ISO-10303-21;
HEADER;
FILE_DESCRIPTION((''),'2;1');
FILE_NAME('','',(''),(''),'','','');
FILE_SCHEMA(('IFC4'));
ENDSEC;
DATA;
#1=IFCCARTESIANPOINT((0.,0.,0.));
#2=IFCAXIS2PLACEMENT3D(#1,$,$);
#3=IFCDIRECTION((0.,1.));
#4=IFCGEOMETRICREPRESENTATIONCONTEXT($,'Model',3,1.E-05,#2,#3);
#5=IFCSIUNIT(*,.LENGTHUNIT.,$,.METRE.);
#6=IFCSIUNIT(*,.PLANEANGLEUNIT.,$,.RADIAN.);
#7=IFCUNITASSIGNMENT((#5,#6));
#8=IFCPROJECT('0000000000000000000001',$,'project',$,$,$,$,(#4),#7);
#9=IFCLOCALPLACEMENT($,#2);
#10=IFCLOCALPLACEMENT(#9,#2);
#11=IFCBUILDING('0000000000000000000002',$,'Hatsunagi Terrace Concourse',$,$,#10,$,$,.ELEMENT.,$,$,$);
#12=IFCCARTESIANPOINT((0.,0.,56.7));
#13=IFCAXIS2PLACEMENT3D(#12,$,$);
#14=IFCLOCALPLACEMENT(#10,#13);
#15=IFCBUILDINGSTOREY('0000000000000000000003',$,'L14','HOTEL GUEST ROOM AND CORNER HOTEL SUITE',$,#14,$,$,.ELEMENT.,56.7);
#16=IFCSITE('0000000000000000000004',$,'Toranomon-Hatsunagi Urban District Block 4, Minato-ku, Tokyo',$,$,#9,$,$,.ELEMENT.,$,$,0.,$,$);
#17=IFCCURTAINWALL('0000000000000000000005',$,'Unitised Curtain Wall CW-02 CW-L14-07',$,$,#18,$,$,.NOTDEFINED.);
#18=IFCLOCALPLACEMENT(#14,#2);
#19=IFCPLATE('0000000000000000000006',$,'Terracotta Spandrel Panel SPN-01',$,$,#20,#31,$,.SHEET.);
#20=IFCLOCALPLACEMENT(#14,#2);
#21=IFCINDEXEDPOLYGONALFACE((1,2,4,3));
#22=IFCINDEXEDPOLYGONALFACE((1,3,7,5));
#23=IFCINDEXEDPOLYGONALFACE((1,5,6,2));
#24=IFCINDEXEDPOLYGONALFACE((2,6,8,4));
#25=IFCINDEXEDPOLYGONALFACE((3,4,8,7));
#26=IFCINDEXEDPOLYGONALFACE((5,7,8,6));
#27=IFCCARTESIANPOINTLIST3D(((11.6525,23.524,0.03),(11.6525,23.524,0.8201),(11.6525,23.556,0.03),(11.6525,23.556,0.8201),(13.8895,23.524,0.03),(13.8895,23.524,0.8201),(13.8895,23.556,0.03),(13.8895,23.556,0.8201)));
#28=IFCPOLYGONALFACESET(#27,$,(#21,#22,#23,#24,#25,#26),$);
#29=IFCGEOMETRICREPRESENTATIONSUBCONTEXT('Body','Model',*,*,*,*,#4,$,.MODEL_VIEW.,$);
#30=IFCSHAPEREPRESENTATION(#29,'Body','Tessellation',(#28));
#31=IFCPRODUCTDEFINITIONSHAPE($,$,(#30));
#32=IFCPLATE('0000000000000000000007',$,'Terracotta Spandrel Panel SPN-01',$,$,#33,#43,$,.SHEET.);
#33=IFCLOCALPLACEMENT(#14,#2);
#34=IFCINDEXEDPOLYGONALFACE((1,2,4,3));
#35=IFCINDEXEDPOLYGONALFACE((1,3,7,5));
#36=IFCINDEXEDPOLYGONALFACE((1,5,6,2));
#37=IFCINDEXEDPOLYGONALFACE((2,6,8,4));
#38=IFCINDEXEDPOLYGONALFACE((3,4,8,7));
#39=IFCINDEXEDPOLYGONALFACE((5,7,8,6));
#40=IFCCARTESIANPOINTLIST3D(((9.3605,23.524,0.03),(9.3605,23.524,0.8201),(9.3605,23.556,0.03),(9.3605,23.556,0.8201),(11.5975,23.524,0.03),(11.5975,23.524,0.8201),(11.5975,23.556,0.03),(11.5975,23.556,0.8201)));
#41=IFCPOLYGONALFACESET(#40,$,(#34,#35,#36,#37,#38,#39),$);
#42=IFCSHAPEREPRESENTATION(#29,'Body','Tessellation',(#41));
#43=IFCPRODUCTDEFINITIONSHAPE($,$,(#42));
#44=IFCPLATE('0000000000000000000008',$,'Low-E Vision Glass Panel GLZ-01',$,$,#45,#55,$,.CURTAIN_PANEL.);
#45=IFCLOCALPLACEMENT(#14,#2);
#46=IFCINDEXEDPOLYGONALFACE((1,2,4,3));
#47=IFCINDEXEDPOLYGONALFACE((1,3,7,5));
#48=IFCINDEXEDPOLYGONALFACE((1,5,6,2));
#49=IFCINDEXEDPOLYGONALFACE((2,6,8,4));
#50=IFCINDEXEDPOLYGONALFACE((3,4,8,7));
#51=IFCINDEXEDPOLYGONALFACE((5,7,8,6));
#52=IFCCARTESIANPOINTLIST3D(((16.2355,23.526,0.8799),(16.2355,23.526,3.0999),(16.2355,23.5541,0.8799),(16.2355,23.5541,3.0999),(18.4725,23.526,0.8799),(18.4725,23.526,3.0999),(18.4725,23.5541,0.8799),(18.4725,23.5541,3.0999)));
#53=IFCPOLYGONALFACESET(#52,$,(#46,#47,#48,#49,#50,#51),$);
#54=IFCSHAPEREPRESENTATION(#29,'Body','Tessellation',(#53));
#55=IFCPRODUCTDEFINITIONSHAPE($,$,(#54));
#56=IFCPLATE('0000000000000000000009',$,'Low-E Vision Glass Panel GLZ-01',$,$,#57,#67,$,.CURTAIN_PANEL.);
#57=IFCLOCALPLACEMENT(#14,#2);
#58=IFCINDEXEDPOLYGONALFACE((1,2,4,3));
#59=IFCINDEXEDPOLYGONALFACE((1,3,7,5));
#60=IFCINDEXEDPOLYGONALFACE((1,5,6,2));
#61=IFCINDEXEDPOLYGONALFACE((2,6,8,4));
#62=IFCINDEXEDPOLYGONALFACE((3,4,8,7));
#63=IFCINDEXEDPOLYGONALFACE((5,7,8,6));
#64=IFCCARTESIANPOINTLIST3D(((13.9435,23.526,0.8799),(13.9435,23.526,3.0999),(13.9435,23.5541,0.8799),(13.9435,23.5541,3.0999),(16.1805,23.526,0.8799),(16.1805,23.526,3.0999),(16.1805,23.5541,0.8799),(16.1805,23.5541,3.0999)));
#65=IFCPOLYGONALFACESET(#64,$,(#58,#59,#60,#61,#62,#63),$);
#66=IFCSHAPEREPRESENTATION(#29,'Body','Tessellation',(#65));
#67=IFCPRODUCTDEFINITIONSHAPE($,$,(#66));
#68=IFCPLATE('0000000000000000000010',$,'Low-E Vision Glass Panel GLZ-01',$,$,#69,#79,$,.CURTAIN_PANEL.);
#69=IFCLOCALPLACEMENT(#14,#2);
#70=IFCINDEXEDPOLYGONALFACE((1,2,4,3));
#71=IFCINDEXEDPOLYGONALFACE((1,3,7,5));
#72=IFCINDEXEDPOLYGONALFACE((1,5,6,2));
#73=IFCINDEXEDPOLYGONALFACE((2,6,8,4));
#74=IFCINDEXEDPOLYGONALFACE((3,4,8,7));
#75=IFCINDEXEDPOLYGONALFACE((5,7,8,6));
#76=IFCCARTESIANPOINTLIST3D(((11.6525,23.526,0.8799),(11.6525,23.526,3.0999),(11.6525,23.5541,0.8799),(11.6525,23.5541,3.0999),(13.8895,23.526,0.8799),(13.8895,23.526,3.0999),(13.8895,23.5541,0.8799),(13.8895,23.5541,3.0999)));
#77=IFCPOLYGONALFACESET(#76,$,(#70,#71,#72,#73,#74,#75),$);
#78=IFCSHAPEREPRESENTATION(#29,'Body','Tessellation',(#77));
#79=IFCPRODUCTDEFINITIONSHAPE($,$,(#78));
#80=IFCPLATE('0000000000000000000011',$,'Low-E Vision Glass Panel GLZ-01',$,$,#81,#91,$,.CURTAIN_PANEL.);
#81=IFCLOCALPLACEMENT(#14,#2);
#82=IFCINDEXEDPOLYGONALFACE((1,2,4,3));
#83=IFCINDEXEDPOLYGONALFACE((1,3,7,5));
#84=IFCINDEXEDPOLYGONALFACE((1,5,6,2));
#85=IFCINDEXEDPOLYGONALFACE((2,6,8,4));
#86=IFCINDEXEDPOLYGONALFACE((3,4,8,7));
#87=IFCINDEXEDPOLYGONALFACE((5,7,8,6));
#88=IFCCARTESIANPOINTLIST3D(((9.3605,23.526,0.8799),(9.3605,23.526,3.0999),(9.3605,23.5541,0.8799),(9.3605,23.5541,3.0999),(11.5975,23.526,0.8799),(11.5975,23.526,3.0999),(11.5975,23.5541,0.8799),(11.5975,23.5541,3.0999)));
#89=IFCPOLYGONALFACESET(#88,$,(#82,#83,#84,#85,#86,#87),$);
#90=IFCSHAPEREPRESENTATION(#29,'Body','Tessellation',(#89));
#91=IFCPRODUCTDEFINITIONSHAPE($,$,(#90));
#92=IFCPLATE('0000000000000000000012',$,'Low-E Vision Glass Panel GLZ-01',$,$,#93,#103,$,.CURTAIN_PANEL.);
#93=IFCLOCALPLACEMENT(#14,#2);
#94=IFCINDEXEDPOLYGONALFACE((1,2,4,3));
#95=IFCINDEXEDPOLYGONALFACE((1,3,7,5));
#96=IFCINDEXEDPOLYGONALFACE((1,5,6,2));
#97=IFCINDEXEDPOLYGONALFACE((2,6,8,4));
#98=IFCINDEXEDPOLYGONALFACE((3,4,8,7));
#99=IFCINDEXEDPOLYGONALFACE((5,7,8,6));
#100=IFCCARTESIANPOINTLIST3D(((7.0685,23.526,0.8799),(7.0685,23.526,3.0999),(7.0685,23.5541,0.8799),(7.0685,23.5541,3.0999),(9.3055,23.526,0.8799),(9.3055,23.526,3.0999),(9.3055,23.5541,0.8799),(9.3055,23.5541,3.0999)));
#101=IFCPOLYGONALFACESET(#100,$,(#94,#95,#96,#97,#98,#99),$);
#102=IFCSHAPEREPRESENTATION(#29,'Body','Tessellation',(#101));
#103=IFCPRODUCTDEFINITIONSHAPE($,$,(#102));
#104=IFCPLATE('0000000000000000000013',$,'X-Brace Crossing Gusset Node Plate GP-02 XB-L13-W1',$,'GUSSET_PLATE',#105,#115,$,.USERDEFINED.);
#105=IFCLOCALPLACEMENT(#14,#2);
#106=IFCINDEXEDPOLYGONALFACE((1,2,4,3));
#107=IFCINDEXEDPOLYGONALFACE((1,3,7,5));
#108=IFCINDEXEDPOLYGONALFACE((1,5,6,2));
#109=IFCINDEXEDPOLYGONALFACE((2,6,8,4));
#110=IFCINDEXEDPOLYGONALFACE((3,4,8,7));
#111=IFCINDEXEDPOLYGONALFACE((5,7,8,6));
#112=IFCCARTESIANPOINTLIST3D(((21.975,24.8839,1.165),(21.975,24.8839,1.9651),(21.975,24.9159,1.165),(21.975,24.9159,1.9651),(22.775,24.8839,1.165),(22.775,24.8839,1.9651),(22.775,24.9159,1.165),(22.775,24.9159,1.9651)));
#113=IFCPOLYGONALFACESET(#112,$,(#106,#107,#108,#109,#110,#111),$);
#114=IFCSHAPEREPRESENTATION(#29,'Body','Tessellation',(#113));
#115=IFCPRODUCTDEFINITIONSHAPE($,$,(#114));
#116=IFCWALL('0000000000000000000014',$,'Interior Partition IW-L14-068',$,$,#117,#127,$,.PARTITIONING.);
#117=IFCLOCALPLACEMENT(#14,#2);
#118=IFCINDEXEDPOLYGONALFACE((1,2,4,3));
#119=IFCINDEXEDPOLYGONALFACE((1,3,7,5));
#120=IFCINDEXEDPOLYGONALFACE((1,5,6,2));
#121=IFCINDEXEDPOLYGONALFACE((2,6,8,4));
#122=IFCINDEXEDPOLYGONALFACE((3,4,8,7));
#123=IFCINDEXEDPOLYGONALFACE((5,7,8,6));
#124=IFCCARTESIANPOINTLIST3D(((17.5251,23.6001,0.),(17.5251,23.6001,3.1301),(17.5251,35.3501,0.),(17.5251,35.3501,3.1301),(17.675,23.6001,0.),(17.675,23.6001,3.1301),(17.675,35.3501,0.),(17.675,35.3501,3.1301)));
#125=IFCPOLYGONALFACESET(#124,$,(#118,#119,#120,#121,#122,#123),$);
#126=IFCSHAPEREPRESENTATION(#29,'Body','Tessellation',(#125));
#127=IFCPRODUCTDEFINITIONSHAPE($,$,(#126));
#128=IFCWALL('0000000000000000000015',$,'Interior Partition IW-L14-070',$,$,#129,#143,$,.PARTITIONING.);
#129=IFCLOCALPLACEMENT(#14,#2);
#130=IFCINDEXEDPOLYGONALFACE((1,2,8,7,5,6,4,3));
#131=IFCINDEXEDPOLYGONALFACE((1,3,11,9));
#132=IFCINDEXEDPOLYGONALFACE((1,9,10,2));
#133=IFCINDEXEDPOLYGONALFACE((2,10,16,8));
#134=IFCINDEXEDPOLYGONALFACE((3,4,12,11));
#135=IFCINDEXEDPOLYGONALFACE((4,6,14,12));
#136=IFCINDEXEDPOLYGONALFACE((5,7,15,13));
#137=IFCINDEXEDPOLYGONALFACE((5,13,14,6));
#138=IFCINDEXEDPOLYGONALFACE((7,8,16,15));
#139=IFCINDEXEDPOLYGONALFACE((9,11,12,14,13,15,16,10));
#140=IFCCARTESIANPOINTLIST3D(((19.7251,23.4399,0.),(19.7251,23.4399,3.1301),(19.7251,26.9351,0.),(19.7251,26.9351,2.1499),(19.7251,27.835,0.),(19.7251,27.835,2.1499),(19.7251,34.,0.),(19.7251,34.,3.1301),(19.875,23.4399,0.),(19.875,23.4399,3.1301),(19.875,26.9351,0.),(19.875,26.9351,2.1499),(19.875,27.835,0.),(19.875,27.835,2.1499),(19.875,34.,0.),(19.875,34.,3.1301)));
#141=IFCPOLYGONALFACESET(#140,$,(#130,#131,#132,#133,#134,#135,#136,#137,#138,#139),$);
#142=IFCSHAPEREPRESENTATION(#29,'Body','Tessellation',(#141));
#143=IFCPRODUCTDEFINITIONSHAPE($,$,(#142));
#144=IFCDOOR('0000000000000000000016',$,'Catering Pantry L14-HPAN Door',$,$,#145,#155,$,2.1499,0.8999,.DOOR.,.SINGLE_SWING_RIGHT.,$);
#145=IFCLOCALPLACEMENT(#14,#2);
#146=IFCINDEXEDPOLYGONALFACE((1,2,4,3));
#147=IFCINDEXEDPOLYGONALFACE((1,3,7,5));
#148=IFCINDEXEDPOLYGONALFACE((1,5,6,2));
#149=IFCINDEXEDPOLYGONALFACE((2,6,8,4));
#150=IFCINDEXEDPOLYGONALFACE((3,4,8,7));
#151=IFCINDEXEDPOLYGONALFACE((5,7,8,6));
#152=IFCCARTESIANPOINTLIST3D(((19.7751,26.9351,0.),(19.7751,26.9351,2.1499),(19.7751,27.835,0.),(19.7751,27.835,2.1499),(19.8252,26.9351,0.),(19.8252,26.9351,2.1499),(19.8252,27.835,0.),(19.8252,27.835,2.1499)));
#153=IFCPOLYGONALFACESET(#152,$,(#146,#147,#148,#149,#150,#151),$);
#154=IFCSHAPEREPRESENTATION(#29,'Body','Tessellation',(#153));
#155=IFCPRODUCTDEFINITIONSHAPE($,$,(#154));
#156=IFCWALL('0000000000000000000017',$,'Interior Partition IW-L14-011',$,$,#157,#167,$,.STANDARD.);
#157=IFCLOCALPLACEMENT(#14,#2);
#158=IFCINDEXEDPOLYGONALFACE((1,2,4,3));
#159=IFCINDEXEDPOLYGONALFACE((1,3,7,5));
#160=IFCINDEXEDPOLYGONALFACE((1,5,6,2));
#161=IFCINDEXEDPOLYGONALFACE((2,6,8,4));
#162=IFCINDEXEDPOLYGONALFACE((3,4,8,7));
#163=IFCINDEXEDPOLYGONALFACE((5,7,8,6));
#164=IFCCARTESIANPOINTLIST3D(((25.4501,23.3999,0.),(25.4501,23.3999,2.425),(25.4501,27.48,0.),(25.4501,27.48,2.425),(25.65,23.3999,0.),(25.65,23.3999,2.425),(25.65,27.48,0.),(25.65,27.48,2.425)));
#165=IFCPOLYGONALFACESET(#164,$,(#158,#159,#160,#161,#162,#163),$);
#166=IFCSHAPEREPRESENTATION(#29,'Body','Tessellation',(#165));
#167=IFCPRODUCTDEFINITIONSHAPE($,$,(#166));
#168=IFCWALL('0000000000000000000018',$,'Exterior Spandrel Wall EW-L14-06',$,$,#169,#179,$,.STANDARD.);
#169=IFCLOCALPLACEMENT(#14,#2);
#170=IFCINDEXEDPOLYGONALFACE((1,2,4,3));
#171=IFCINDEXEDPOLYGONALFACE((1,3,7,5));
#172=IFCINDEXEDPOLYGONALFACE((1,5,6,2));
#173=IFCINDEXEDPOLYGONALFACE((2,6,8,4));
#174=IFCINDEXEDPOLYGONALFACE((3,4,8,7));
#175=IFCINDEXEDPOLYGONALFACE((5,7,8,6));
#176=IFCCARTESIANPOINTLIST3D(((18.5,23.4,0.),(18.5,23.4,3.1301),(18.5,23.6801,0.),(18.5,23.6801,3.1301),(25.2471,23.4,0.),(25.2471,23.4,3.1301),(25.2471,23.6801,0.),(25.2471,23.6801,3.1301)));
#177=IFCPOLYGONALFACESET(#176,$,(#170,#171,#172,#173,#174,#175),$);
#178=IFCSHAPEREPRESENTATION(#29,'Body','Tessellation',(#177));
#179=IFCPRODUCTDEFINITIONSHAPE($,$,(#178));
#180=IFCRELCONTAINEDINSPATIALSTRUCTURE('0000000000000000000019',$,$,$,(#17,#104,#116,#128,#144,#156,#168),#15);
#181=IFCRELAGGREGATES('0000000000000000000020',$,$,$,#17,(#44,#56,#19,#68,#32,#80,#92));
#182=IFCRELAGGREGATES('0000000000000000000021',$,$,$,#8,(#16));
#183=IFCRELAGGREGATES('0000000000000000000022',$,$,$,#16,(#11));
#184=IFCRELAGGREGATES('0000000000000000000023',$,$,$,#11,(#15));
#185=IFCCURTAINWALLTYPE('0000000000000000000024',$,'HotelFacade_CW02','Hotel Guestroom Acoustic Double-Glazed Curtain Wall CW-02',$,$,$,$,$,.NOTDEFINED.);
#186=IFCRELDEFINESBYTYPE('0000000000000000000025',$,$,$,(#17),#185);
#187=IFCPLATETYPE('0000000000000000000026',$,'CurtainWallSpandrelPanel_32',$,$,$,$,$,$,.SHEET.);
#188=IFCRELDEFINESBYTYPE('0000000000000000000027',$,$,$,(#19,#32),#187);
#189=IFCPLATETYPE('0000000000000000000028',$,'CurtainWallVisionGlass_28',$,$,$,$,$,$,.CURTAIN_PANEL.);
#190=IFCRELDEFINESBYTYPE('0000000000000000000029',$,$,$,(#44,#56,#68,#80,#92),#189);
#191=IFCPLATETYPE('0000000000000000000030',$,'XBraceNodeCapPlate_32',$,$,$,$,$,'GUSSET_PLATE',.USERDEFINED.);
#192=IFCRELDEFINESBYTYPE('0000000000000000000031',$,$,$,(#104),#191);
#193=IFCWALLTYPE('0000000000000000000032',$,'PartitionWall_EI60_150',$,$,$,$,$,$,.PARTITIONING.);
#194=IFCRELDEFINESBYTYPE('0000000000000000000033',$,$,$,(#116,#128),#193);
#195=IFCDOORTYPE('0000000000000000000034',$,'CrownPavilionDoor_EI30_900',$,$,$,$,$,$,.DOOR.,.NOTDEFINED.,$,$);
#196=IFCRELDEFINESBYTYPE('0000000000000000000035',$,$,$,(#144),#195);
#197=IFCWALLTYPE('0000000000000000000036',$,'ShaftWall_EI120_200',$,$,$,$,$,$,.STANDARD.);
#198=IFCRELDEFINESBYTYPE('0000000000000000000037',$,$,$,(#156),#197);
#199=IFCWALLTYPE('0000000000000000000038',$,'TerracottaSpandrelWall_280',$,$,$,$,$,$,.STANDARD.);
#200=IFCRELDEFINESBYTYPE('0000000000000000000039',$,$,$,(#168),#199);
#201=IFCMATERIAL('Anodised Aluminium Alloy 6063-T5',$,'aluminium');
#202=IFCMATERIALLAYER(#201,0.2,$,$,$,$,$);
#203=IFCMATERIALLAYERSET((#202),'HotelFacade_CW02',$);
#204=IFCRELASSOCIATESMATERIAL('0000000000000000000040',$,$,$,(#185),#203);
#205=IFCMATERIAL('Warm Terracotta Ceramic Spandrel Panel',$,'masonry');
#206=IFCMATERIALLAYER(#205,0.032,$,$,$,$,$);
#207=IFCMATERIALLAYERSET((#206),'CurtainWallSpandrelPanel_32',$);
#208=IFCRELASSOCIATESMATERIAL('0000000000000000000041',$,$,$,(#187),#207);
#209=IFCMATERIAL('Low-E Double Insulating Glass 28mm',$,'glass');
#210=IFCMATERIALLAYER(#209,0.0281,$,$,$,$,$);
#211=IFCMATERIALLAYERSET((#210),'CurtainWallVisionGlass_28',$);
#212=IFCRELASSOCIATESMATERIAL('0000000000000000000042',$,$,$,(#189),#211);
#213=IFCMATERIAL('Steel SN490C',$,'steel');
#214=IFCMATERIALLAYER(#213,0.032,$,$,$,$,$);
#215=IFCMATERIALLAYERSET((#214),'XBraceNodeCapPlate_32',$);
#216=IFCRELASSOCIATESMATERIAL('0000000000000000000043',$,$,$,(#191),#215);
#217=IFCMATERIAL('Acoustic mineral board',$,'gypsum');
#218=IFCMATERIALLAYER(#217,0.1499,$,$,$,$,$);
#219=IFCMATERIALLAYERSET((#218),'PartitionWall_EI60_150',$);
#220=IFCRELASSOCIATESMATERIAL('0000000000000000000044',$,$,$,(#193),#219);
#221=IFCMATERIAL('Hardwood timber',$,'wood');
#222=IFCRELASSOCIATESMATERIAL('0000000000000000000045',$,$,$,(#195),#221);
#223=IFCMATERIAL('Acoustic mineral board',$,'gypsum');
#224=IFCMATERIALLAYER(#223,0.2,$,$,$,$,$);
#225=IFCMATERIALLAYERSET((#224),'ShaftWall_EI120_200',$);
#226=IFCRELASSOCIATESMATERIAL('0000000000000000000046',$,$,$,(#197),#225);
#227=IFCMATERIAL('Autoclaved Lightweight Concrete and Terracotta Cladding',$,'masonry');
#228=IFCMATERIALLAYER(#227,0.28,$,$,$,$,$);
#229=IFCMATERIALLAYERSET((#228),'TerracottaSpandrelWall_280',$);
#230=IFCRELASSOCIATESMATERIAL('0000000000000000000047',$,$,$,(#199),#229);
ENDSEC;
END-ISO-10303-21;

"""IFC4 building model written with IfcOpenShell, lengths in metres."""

from ifc_helpers import new_model, si_unit, direction, frame, frame_2d, origin, origin_2d, place, context, subcontext, project, spatial, rectangle, extrude, material, layer, layer_set, type_object, element, fill, aggregate, save


model = new_model("IFC4")

# Units and contexts
model_context = context("Model", 3, precision=1e-05, world=origin(), true_north=direction((0.0, 1.0)))
body_context = subcontext(model_context, "Body", "Model", "MODEL_VIEW")
ifc_project = project(units=[si_unit("LENGTHUNIT", "METRE"), si_unit("PLANEANGLEUNIT", "RADIAN")], contexts=[model_context])

# Site, building, storey
site_placement = place(None, origin())
site = spatial("IfcSite", under=ifc_project, at=site_placement, Name="Toranomon-Hatsunagi Urban District Block 4, Minato-ku, Tokyo", CompositionType="ELEMENT", RefElevation=0.0)
building_placement = place(site_placement, origin())
building = spatial("IfcBuilding", under=site, at=building_placement, Name="Hatsunagi Terrace Concourse", CompositionType="ELEMENT")
storey_placement = place(building_placement, frame((0.0, 0.0, 56.7)))
storey = spatial("IfcBuildingStorey", under=building, at=storey_placement, Name="L14", Description="HOTEL GUEST ROOM AND CORNER HOTEL SUITE", CompositionType="ELEMENT", Elevation=56.7)

# Curtain wall
ifc_material_1 = material(Name="Anodised Aluminium Alloy 6063-T5", Category="aluminium")
ifc_layer_1 = layer(ifc_material_1, 0.2)
ifc_layer_set_1 = layer_set([ifc_layer_1], Name="HotelFacade_CW02")
curtain_wall_type = type_object("IfcCurtainWallType", Name="HotelFacade_CW02", Description="Hotel Guestroom Acoustic Double-Glazed Curtain Wall CW-02", PredefinedType="NOTDEFINED", material=ifc_layer_set_1)
curtain_wall_placement = place(storey_placement, origin())
curtain_wall = element("IfcCurtainWall", 1, at=curtain_wall_placement, inside=storey, type_object=curtain_wall_type, Name="Unitised Curtain Wall CW-02 CW-L14-07", PredefinedType="NOTDEFINED")

# Plates
ifc_material_2 = material(Name="Warm Terracotta Ceramic Spandrel Panel", Category="masonry")
ifc_layer_2 = layer(ifc_material_2, 0.032)
ifc_layer_set_2 = layer_set([ifc_layer_2], Name="CurtainWallSpandrelPanel_32")
plate_type_1 = type_object("IfcPlateType", Name="CurtainWallSpandrelPanel_32", PredefinedType="SHEET", material=ifc_layer_set_2)
plate_1_placement = place(storey_placement, frame((12.771, 23.54, 0.03), z_axis=(0.0, 0.0, 1.0), x_axis=(-1.0, 0.0, 0.0)))
plate_1 = element("IfcPlate", 2, at=plate_1_placement, type_object=plate_type_1, Name="Terracotta Spandrel Panel SPN-01", PredefinedType="SHEET", context=body_context, shape_type="SweptSolid", body=[
    extrude(rectangle(XDim=2.2371, YDim=0.032, at=origin_2d()), origin(), (0.0, 0.0, 1.0), 0.79),
])
plate_2_placement = place(storey_placement, frame((10.479, 23.54, 0.03), z_axis=(0.0, 0.0, 1.0), x_axis=(-1.0, 0.0, 0.0)))
plate_2 = element("IfcPlate", 3, at=plate_2_placement, type_object=plate_type_1, Name="Terracotta Spandrel Panel SPN-01", PredefinedType="SHEET", context=body_context, shape_type="SweptSolid", body=[
    extrude(rectangle(XDim=2.2371, YDim=0.032, at=origin_2d()), origin(), (0.0, 0.0, 1.0), 0.79),
])
ifc_material_3 = material(Name="Low-E Double Insulating Glass 28mm", Category="glass")
ifc_layer_3 = layer(ifc_material_3, 0.0281)
ifc_layer_set_3 = layer_set([ifc_layer_3], Name="CurtainWallVisionGlass_28")
plate_type_2 = type_object("IfcPlateType", Name="CurtainWallVisionGlass_28", PredefinedType="CURTAIN_PANEL", material=ifc_layer_set_3)
plate_3_placement = place(storey_placement, frame((17.354, 23.54, 0.8799), z_axis=(0.0, 0.0, 1.0), x_axis=(-1.0, 0.0, 0.0)))
plate_3 = element("IfcPlate", 4, at=plate_3_placement, type_object=plate_type_2, Name="Low-E Vision Glass Panel GLZ-01", PredefinedType="CURTAIN_PANEL", context=body_context, shape_type="SweptSolid", body=[
    extrude(rectangle(XDim=2.2371, YDim=0.0281, at=origin_2d()), origin(), (0.0, 0.0, 1.0), 2.22),
])
plate_4_placement = place(storey_placement, frame((15.062, 23.54, 0.8799), z_axis=(0.0, 0.0, 1.0), x_axis=(-1.0, 0.0, 0.0)))
plate_4 = element("IfcPlate", 5, at=plate_4_placement, type_object=plate_type_2, Name="Low-E Vision Glass Panel GLZ-01", PredefinedType="CURTAIN_PANEL", context=body_context, shape_type="SweptSolid", body=[
    extrude(rectangle(XDim=2.2371, YDim=0.0281, at=origin_2d()), origin(), (0.0, 0.0, 1.0), 2.22),
])
plate_5_placement = place(storey_placement, frame((12.771, 23.54, 0.8799), z_axis=(0.0, 0.0, 1.0), x_axis=(-1.0, 0.0, 0.0)))
plate_5 = element("IfcPlate", 6, at=plate_5_placement, type_object=plate_type_2, Name="Low-E Vision Glass Panel GLZ-01", PredefinedType="CURTAIN_PANEL", context=body_context, shape_type="SweptSolid", body=[
    extrude(rectangle(XDim=2.2371, YDim=0.0281, at=origin_2d()), origin(), (0.0, 0.0, 1.0), 2.22),
])
plate_6_placement = place(storey_placement, frame((10.479, 23.54, 0.8799), z_axis=(0.0, 0.0, 1.0), x_axis=(-1.0, 0.0, 0.0)))
plate_6 = element("IfcPlate", 7, at=plate_6_placement, type_object=plate_type_2, Name="Low-E Vision Glass Panel GLZ-01", PredefinedType="CURTAIN_PANEL", context=body_context, shape_type="SweptSolid", body=[
    extrude(rectangle(XDim=2.2371, YDim=0.0281, at=origin_2d()), origin(), (0.0, 0.0, 1.0), 2.22),
])
plate_7_placement = place(storey_placement, frame((8.187, 23.54, 0.8799), z_axis=(0.0, 0.0, 1.0), x_axis=(-1.0, 0.0, 0.0)))
plate_7 = element("IfcPlate", 8, at=plate_7_placement, type_object=plate_type_2, Name="Low-E Vision Glass Panel GLZ-01", PredefinedType="CURTAIN_PANEL", context=body_context, shape_type="SweptSolid", body=[
    extrude(rectangle(XDim=2.2371, YDim=0.0281, at=origin_2d()), origin(), (0.0, 0.0, 1.0), 2.22),
])
aggregate(curtain_wall, [plate_3, plate_4, plate_1, plate_5, plate_2, plate_6, plate_7])
ifc_material_4 = material(Name="Steel SN490C", Category="steel")
ifc_layer_4 = layer(ifc_material_4, 0.032)
ifc_layer_set_4 = layer_set([ifc_layer_4], Name="XBraceNodeCapPlate_32")
plate_type_3 = type_object("IfcPlateType", Name="XBraceNodeCapPlate_32", ElementType="GUSSET_PLATE", PredefinedType="USERDEFINED", material=ifc_layer_set_4)
plate_8_placement = place(storey_placement, frame((22.375, 24.8999, 1.165), z_axis=(0.0, 0.0, 1.0), x_axis=(1.0, 0.0, 0.0)))
element("IfcPlate", 9, at=plate_8_placement, inside=storey, type_object=plate_type_3, Name="X-Brace Crossing Gusset Node Plate GP-02 XB-L13-W1", ObjectType="GUSSET_PLATE", PredefinedType="USERDEFINED", context=body_context, shape_type="SweptSolid", body=[
    extrude(rectangle(XDim=0.8, YDim=0.032, at=origin_2d()), origin(), (0.0, 0.0, 1.0), 0.8),
])

# Wall
ifc_material_5 = material(Name="Acoustic mineral board", Category="gypsum")
ifc_layer_5 = layer(ifc_material_5, 0.1499)
ifc_layer_set_5 = layer_set([ifc_layer_5], Name="PartitionWall_EI60_150")
wall_type_1 = type_object("IfcWallType", Name="PartitionWall_EI60_150", PredefinedType="PARTITIONING", material=ifc_layer_set_5)
wall_1_placement = place(storey_placement, frame((17.6001, 23.6001, 0.0), z_axis=(0.0, 0.0, 1.0), x_axis=(0.0, 1.0, 0.0)))
element("IfcWall", 10, at=wall_1_placement, inside=storey, type_object=wall_type_1, Name="Interior Partition IW-L14-068", PredefinedType="PARTITIONING", context=body_context, shape_type="SweptSolid", body=[
    extrude(rectangle(XDim=11.75, YDim=0.1499, at=frame_2d((5.875, 0.0))), origin(), (0.0, 0.0, 1.0), 3.1301),
])

# Wall, opening, door
wall_2_placement = place(storey_placement, frame((19.8, 23.4399, 0.0), z_axis=(0.0, 0.0, 1.0), x_axis=(0.0, 1.0, 0.0)))
wall_2 = element("IfcWall", 11, at=wall_2_placement, inside=storey, type_object=wall_type_1, Name="Interior Partition IW-L14-070", PredefinedType="PARTITIONING", context=body_context, shape_type="SweptSolid", body=[
    extrude(rectangle(XDim=10.5601, YDim=0.1499, at=frame_2d((5.28, 0.0))), origin(), (0.0, 0.0, 1.0), 3.1301),
])
opening_placement = place(wall_2_placement, frame((3.4951, 0.0, 0.0)))
opening = element("IfcOpeningElement", 12, at=opening_placement, cuts=wall_2, PredefinedType="OPENING", context=body_context, shape_type="SweptSolid", body=[
    extrude(rectangle(XDim=0.8999, YDim=2.1499, at=frame_2d((0.45, 1.075))), frame((0.0, 0.085, 0.0), z_axis=(0.0, -1.0, 0.0), x_axis=(1.0, 0.0, 0.0)), (0.0, 0.0, 1.0), 0.1699),
])
ifc_material_6 = material(Name="Hardwood timber", Category="wood")
door_type = type_object("IfcDoorType", Name="CrownPavilionDoor_EI30_900", OperationType="NOTDEFINED", PredefinedType="DOOR", material=ifc_material_6)
door_placement = place(opening_placement, origin())
door = element("IfcDoor", 13, at=door_placement, inside=storey, type_object=door_type, Name="Catering Pantry L14-HPAN Door", OperationType="SINGLE_SWING_RIGHT", OverallHeight=2.1499, OverallWidth=0.8999, PredefinedType="DOOR", context=body_context, shape_type="SweptSolid", body=[
    extrude(rectangle(XDim=0.8999, YDim=2.1499, at=frame_2d((0.45, 1.075))), frame((0.0, 0.0249, 0.0), z_axis=(0.0, -1.0, 0.0), x_axis=(1.0, 0.0, 0.0)), (0.0, 0.0, 1.0), 0.05),
])
fill(opening, door)

# Walls
ifc_material_7 = material(Name="Acoustic mineral board", Category="gypsum")
ifc_layer_6 = layer(ifc_material_7, 0.2)
ifc_layer_set_6 = layer_set([ifc_layer_6], Name="ShaftWall_EI120_200")
wall_type_2 = type_object("IfcWallType", Name="ShaftWall_EI120_200", PredefinedType="STANDARD", material=ifc_layer_set_6)
wall_3_placement = place(storey_placement, frame((25.55, 23.3999, 0.0), z_axis=(0.0, 0.0, 1.0), x_axis=(0.0, 1.0, 0.0)))
element("IfcWall", 14, at=wall_3_placement, inside=storey, type_object=wall_type_2, Name="Interior Partition IW-L14-011", PredefinedType="STANDARD", context=body_context, shape_type="SweptSolid", body=[
    extrude(rectangle(XDim=4.0801, YDim=0.2, at=frame_2d((2.04, 0.0))), origin(), (0.0, 0.0, 1.0), 2.425),
])
ifc_material_8 = material(Name="Autoclaved Lightweight Concrete and Terracotta Cladding", Category="masonry")
ifc_layer_7 = layer(ifc_material_8, 0.28)
ifc_layer_set_7 = layer_set([ifc_layer_7], Name="TerracottaSpandrelWall_280")
wall_type_3 = type_object("IfcWallType", Name="TerracottaSpandrelWall_280", PredefinedType="STANDARD", material=ifc_layer_set_7)
wall_4_placement = place(storey_placement, frame((25.2471, 23.54, 0.0), z_axis=(0.0, 0.0, 1.0), x_axis=(-1.0, 0.0, 0.0)))
element("IfcWall", 15, at=wall_4_placement, inside=storey, type_object=wall_type_3, Name="Exterior Spandrel Wall EW-L14-06", PredefinedType="STANDARD", context=body_context, shape_type="SweptSolid", body=[
    extrude(rectangle(XDim=6.7471, YDim=0.28, at=frame_2d((3.3735, 0.0))), origin(), (0.0, 0.0, 1.0), 3.1301),
])

save(model, "model.ifc")
